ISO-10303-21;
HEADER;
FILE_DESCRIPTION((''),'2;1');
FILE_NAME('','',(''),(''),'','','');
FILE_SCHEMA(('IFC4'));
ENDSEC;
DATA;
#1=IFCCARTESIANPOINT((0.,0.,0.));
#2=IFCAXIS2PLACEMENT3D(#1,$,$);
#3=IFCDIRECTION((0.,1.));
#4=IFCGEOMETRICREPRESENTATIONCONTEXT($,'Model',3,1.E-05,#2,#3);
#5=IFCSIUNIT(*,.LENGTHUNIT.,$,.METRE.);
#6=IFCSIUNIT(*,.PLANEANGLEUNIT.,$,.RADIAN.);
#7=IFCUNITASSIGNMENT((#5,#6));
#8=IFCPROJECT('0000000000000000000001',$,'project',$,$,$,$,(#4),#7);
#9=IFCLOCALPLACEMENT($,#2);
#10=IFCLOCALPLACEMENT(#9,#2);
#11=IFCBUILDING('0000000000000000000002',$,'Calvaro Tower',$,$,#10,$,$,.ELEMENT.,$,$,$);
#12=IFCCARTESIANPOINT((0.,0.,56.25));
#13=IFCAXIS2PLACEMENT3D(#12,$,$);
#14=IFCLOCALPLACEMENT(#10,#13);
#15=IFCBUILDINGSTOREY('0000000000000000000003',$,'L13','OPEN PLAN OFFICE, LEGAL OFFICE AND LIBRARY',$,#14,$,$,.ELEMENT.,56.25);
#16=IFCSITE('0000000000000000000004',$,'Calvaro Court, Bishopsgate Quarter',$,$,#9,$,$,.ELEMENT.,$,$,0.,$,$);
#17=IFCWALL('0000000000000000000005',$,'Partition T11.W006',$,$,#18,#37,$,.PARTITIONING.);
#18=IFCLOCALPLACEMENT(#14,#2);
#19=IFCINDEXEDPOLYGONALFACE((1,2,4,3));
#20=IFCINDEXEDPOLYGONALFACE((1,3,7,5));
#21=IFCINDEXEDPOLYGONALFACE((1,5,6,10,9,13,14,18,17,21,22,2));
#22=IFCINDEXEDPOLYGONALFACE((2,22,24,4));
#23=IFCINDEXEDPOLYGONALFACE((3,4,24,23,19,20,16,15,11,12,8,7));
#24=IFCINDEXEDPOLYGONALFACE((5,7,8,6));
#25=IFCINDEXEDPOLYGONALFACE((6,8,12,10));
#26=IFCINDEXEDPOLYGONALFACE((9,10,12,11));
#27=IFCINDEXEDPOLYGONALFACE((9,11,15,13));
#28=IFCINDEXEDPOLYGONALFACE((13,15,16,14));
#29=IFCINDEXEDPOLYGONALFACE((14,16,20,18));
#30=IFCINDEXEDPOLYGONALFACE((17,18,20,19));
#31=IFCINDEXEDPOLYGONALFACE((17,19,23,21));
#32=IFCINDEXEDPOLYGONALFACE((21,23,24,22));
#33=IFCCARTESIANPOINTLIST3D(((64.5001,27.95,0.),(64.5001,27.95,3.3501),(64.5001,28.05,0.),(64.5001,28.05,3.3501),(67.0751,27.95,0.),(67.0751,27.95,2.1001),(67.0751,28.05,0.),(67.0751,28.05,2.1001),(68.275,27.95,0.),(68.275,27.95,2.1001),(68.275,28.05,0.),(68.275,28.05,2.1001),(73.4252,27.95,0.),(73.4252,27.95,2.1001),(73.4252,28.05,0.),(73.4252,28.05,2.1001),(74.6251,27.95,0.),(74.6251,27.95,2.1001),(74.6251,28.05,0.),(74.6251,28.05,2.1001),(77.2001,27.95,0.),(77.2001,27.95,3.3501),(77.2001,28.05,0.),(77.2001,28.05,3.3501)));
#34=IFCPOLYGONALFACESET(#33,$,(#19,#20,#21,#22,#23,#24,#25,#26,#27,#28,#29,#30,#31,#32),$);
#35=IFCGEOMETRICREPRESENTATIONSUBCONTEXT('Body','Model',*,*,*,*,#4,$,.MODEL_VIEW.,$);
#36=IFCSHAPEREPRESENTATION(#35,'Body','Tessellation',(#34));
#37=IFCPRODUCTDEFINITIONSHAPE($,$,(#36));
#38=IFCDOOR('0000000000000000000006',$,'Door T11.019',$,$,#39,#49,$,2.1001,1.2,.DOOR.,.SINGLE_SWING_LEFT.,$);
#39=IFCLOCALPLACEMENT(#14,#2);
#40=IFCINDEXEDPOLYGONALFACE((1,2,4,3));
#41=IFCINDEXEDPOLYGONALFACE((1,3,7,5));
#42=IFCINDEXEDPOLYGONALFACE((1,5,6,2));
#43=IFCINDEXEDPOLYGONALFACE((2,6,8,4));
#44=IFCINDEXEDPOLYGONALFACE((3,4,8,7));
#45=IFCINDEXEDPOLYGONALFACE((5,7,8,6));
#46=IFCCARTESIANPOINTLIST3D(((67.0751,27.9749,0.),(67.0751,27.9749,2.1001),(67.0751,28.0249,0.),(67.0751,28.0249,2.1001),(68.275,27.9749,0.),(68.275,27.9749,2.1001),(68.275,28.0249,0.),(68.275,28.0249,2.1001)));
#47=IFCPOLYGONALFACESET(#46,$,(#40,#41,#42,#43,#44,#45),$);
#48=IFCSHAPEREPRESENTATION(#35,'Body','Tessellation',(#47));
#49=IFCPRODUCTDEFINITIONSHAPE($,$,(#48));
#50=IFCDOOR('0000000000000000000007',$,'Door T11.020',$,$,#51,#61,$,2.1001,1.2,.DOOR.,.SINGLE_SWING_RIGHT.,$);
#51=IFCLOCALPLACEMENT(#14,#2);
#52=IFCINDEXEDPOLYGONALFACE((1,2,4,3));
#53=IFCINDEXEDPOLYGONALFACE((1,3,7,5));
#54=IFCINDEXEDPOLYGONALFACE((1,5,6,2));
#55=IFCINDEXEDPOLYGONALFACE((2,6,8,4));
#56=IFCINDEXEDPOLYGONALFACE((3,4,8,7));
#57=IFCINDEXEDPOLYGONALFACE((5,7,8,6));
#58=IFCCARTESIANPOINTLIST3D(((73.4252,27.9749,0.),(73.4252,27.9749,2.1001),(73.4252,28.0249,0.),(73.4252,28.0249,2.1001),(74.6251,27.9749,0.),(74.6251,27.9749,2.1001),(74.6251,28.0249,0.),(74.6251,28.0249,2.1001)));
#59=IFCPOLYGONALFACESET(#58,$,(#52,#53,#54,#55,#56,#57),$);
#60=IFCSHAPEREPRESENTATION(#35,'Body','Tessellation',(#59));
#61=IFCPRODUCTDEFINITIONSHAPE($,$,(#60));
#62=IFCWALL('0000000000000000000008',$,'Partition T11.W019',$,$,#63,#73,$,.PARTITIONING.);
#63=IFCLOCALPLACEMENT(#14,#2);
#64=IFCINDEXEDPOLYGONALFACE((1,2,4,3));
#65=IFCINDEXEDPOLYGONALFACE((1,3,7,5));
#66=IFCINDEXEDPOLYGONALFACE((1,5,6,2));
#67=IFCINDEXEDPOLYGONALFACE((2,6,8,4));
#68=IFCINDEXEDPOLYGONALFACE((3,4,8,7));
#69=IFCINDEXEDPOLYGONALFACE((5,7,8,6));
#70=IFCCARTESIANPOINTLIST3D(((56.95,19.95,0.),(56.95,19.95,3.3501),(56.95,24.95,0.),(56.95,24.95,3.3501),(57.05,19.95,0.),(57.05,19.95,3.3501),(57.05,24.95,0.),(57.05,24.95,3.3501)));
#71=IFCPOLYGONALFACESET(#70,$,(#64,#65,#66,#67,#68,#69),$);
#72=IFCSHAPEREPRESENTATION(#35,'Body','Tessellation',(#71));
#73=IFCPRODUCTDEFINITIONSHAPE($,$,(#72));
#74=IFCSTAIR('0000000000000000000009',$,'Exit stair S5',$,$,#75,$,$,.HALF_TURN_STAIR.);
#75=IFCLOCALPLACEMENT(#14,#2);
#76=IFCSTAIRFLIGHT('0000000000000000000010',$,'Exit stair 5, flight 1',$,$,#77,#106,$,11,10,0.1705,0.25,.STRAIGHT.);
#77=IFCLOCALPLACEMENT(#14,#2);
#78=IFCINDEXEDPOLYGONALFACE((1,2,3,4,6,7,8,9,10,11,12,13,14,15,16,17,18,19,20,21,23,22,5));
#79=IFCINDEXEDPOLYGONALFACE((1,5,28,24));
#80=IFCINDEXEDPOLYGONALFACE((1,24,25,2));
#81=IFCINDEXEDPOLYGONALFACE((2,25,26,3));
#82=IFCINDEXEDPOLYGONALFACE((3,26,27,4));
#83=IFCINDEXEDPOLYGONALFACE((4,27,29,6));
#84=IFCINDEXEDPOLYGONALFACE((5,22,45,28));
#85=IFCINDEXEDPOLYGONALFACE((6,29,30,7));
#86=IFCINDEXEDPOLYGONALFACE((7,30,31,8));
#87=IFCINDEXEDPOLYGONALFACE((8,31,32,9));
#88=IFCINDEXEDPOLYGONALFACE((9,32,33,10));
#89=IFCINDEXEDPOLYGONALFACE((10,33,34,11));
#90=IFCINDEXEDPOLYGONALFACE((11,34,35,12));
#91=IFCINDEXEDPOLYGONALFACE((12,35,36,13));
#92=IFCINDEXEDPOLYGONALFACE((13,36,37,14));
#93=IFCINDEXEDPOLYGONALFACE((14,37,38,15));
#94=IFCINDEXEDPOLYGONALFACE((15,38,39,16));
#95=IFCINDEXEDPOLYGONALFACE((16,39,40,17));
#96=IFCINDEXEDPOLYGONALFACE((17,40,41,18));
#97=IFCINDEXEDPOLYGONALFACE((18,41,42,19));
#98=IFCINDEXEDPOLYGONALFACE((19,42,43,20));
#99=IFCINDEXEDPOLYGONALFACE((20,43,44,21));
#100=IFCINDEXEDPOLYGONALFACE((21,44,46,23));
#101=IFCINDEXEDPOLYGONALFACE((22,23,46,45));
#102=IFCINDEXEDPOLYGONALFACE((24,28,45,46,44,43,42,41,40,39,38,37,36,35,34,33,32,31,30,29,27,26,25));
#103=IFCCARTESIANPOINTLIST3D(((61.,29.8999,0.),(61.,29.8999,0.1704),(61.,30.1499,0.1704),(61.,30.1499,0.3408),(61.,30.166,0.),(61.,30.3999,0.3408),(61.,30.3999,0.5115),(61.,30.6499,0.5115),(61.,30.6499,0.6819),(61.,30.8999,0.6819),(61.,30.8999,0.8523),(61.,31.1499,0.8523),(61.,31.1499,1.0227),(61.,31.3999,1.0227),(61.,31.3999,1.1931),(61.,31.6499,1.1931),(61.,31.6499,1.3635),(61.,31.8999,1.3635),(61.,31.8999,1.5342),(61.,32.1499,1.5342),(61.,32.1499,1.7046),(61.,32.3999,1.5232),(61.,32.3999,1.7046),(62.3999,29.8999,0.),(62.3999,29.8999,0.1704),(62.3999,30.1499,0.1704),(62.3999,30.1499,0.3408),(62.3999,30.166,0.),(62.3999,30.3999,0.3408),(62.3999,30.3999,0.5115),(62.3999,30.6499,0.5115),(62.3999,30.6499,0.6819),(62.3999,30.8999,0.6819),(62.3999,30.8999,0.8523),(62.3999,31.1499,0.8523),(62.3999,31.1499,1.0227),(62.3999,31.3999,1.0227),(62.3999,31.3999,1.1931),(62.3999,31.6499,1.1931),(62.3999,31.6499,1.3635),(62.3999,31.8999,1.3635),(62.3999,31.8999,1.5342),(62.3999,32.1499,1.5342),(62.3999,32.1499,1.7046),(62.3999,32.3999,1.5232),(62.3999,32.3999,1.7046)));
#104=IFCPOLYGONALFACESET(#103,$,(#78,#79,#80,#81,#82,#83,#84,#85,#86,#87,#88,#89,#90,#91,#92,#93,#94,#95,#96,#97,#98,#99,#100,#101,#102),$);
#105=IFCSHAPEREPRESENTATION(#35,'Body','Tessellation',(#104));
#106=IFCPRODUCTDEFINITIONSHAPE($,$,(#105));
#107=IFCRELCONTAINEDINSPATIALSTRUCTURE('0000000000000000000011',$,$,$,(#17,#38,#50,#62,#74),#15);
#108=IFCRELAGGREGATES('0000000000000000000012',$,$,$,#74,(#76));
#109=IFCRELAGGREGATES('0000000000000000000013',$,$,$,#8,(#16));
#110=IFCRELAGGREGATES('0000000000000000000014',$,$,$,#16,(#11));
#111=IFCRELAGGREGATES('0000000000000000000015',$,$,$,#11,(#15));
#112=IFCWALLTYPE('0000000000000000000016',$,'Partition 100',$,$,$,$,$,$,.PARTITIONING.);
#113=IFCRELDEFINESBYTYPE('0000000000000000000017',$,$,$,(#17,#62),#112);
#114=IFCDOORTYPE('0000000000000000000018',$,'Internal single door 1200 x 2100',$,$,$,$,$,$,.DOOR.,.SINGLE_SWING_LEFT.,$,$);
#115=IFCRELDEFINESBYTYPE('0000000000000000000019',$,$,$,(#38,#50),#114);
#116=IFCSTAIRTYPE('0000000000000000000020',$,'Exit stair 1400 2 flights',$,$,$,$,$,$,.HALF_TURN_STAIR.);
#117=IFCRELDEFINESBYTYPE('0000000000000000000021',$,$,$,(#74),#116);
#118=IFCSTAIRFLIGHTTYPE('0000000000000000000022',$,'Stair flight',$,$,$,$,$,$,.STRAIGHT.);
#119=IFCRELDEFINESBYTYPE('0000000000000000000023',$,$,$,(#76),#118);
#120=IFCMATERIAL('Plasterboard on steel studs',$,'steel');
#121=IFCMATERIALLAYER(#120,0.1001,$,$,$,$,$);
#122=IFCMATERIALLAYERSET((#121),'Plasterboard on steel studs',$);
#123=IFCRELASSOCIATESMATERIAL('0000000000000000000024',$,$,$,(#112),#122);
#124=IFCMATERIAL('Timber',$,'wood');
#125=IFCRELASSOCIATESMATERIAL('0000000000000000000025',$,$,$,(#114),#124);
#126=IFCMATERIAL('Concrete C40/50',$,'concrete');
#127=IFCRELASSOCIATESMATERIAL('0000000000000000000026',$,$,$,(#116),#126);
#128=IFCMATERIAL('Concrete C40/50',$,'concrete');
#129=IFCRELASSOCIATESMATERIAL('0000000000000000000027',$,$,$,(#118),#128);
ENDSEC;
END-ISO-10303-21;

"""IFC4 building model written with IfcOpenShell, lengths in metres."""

from ifc_helpers import new_model, si_unit, direction, frame, frame_2d, origin, place, context, subcontext, project, spatial, polyline, rectangle, outline, extrude, material, layer, layer_set, type_object, element, fill, aggregate, save


model = new_model("IFC4")

# Units and contexts
model_context = context("Model", 3, precision=1e-05, world=origin(), true_north=direction((0.0, 1.0)))
body_context = subcontext(model_context, "Body", "Model", "MODEL_VIEW")
ifc_project = project(units=[si_unit("LENGTHUNIT", "METRE"), si_unit("PLANEANGLEUNIT", "RADIAN")], contexts=[model_context])

# Site, building, storey
site_placement = place(None, origin())
site = spatial("IfcSite", under=ifc_project, at=site_placement, Name="Calvaro Court, Bishopsgate Quarter", CompositionType="ELEMENT", RefElevation=0.0)
building_placement = place(site_placement, origin())
building = spatial("IfcBuilding", under=site, at=building_placement, Name="Calvaro Tower", CompositionType="ELEMENT")
storey_placement = place(building_placement, frame((0.0, 0.0, 56.25)))
storey = spatial("IfcBuildingStorey", under=building, at=storey_placement, Name="L13", Description="OPEN PLAN OFFICE, LEGAL OFFICE AND LIBRARY", CompositionType="ELEMENT", Elevation=56.25)

# Wall, openings, doors
ifc_material_1 = material(Name="Plasterboard on steel studs", Category="steel")
ifc_layer_1 = layer(ifc_material_1, 0.1001)
ifc_layer_set_1 = layer_set([ifc_layer_1], Name="Plasterboard on steel studs")
wall_type_1 = type_object("IfcWallType", Name="Partition 100", PredefinedType="PARTITIONING", material=ifc_layer_set_1)
wall_1_placement = place(storey_placement, frame((64.5, 28.0, 0.0), z_axis=(0.0, 0.0, 1.0), x_axis=(1.0, 0.0, 0.0)))
wall_1 = element("IfcWall", 1, at=wall_1_placement, inside=storey, type_object=wall_type_1, Name="Partition T11.W006", PredefinedType="PARTITIONING", context=body_context, shape_type="SweptSolid", body=[
    extrude(rectangle(XDim=12.7, YDim=0.1001, at=frame_2d((6.3501, 0.0))), origin(), (0.0, 0.0, 1.0), 3.3501),
])
opening_1_placement = place(wall_1_placement, frame((2.575, 0.0, 0.0)))
opening_1 = element("IfcOpeningElement", 2, at=opening_1_placement, cuts=wall_1, PredefinedType="OPENING", context=body_context, shape_type="SweptSolid", body=[
    extrude(rectangle(XDim=1.2, YDim=2.1001, at=frame_2d((0.6001, 1.05))), frame((0.0, 0.0601, 0.0), z_axis=(0.0, -1.0, 0.0), x_axis=(1.0, 0.0, 0.0)), (0.0, 0.0, 1.0), 0.1201),
])
opening_2_placement = place(wall_1_placement, frame((8.925, 0.0, 0.0)))
opening_2 = element("IfcOpeningElement", 3, at=opening_2_placement, cuts=wall_1, PredefinedType="OPENING", context=body_context, shape_type="SweptSolid", body=[
    extrude(rectangle(XDim=1.2, YDim=2.1001, at=frame_2d((0.6001, 1.05))), frame((0.0, 0.0601, 0.0), z_axis=(0.0, -1.0, 0.0), x_axis=(1.0, 0.0, 0.0)), (0.0, 0.0, 1.0), 0.1201),
])
ifc_material_2 = material(Name="Timber", Category="wood")
door_type_1 = type_object("IfcDoorType", Name="Internal single door 1200 x 2100", OperationType="SINGLE_SWING_LEFT", PredefinedType="DOOR", material=ifc_material_2)
door_1_placement = place(opening_1_placement, origin())
door_1 = element("IfcDoor", 4, at=door_1_placement, inside=storey, type_object=door_type_1, Name="Door T11.019", OperationType="SINGLE_SWING_LEFT", OverallHeight=2.1001, OverallWidth=1.2, PredefinedType="DOOR", context=body_context, shape_type="SweptSolid", body=[
    extrude(rectangle(XDim=1.2, YDim=2.1001, at=frame_2d((0.6001, 1.05))), frame((0.0, 0.0249, 0.0), z_axis=(0.0, -1.0, 0.0), x_axis=(1.0, 0.0, 0.0)), (0.0, 0.0, 1.0), 0.05),
])
fill(opening_1, door_1)
door_2_placement = place(opening_2_placement, origin())
door_2 = element("IfcDoor", 5, at=door_2_placement, inside=storey, type_object=door_type_1, Name="Door T11.020", OperationType="SINGLE_SWING_RIGHT", OverallHeight=2.1001, OverallWidth=1.2, PredefinedType="DOOR", context=body_context, shape_type="SweptSolid", body=[
    extrude(rectangle(XDim=1.2, YDim=2.1001, at=frame_2d((0.6001, 1.05))), frame((0.0, 0.0249, 0.0), z_axis=(0.0, -1.0, 0.0), x_axis=(1.0, 0.0, 0.0)), (0.0, 0.0, 1.0), 0.05),
])
fill(opening_2, door_2)

# Wall
wall_2_placement = place(storey_placement, frame((57.0, 19.95, 0.0), z_axis=(0.0, 0.0, 1.0), x_axis=(0.0, 1.0, 0.0)))
element("IfcWall", 6, at=wall_2_placement, inside=storey, type_object=wall_type_1, Name="Partition T11.W019", PredefinedType="PARTITIONING", context=body_context, shape_type="SweptSolid", body=[
    extrude(rectangle(XDim=5.0, YDim=0.1001, at=frame_2d((2.5, 0.0))), origin(), (0.0, 0.0, 1.0), 3.3501),
])

# Stair, stair flight
ifc_material_3 = material(Name="Concrete C40/50", Category="concrete")
stair_type = type_object("IfcStairType", Name="Exit stair 1400 2 flights", PredefinedType="HALF_TURN_STAIR", material=ifc_material_3)
stair_placement = place(storey_placement, origin())
stair = element("IfcStair", 7, at=stair_placement, inside=storey, type_object=stair_type, Name="Exit stair S5", PredefinedType="HALF_TURN_STAIR")
ifc_material_4 = material(Name="Concrete C40/50", Category="concrete")
stair_flight_type = type_object("IfcStairFlightType", Name="Stair flight", PredefinedType="STRAIGHT", material=ifc_material_4)
stair_flight_placement = place(storey_placement, frame((61.7, 29.8999, 0.0), z_axis=(0.0, 0.0, 1.0), x_axis=(0.0, 1.0, 0.0)))
stair_flight = element("IfcStairFlight", 8, at=stair_flight_placement, type_object=stair_flight_type, Name="Exit stair 5, flight 1", NumberOfRisers=11, NumberOfTreads=10, PredefinedType="STRAIGHT", RiserHeight=0.1705, TreadLength=0.25, context=body_context, shape_type="SweptSolid", body=[
    extrude(outline(polyline([(0.0, 0.0), (0.0, 0.1704), (0.25, 0.1704), (0.25, 0.3408), (0.5, 0.3408), (0.5, 0.5115), (0.75, 0.5115), (0.75, 0.6819), (1.0, 0.6819), (1.0, 0.8523), (1.25, 0.8523), (1.25, 1.0227), (1.5, 1.0227), (1.5, 1.1931), (1.75, 1.1931), (1.75, 1.3635), (2.0, 1.3635), (2.0, 1.5342), (2.25, 1.5342), (2.25, 1.7046), (2.5, 1.7046), (2.5, 1.875), (2.5, 1.5232), (0.2661, 0.0), (0.0, 0.0)])), frame((0.0, 0.7, 0.0), z_axis=(0.0, -1.0, 0.0), x_axis=(1.0, 0.0, 0.0)), (0.0, 0.0, 1.0), 1.3999),
])
aggregate(stair, [stair_flight])

save(model, "model.ifc")
